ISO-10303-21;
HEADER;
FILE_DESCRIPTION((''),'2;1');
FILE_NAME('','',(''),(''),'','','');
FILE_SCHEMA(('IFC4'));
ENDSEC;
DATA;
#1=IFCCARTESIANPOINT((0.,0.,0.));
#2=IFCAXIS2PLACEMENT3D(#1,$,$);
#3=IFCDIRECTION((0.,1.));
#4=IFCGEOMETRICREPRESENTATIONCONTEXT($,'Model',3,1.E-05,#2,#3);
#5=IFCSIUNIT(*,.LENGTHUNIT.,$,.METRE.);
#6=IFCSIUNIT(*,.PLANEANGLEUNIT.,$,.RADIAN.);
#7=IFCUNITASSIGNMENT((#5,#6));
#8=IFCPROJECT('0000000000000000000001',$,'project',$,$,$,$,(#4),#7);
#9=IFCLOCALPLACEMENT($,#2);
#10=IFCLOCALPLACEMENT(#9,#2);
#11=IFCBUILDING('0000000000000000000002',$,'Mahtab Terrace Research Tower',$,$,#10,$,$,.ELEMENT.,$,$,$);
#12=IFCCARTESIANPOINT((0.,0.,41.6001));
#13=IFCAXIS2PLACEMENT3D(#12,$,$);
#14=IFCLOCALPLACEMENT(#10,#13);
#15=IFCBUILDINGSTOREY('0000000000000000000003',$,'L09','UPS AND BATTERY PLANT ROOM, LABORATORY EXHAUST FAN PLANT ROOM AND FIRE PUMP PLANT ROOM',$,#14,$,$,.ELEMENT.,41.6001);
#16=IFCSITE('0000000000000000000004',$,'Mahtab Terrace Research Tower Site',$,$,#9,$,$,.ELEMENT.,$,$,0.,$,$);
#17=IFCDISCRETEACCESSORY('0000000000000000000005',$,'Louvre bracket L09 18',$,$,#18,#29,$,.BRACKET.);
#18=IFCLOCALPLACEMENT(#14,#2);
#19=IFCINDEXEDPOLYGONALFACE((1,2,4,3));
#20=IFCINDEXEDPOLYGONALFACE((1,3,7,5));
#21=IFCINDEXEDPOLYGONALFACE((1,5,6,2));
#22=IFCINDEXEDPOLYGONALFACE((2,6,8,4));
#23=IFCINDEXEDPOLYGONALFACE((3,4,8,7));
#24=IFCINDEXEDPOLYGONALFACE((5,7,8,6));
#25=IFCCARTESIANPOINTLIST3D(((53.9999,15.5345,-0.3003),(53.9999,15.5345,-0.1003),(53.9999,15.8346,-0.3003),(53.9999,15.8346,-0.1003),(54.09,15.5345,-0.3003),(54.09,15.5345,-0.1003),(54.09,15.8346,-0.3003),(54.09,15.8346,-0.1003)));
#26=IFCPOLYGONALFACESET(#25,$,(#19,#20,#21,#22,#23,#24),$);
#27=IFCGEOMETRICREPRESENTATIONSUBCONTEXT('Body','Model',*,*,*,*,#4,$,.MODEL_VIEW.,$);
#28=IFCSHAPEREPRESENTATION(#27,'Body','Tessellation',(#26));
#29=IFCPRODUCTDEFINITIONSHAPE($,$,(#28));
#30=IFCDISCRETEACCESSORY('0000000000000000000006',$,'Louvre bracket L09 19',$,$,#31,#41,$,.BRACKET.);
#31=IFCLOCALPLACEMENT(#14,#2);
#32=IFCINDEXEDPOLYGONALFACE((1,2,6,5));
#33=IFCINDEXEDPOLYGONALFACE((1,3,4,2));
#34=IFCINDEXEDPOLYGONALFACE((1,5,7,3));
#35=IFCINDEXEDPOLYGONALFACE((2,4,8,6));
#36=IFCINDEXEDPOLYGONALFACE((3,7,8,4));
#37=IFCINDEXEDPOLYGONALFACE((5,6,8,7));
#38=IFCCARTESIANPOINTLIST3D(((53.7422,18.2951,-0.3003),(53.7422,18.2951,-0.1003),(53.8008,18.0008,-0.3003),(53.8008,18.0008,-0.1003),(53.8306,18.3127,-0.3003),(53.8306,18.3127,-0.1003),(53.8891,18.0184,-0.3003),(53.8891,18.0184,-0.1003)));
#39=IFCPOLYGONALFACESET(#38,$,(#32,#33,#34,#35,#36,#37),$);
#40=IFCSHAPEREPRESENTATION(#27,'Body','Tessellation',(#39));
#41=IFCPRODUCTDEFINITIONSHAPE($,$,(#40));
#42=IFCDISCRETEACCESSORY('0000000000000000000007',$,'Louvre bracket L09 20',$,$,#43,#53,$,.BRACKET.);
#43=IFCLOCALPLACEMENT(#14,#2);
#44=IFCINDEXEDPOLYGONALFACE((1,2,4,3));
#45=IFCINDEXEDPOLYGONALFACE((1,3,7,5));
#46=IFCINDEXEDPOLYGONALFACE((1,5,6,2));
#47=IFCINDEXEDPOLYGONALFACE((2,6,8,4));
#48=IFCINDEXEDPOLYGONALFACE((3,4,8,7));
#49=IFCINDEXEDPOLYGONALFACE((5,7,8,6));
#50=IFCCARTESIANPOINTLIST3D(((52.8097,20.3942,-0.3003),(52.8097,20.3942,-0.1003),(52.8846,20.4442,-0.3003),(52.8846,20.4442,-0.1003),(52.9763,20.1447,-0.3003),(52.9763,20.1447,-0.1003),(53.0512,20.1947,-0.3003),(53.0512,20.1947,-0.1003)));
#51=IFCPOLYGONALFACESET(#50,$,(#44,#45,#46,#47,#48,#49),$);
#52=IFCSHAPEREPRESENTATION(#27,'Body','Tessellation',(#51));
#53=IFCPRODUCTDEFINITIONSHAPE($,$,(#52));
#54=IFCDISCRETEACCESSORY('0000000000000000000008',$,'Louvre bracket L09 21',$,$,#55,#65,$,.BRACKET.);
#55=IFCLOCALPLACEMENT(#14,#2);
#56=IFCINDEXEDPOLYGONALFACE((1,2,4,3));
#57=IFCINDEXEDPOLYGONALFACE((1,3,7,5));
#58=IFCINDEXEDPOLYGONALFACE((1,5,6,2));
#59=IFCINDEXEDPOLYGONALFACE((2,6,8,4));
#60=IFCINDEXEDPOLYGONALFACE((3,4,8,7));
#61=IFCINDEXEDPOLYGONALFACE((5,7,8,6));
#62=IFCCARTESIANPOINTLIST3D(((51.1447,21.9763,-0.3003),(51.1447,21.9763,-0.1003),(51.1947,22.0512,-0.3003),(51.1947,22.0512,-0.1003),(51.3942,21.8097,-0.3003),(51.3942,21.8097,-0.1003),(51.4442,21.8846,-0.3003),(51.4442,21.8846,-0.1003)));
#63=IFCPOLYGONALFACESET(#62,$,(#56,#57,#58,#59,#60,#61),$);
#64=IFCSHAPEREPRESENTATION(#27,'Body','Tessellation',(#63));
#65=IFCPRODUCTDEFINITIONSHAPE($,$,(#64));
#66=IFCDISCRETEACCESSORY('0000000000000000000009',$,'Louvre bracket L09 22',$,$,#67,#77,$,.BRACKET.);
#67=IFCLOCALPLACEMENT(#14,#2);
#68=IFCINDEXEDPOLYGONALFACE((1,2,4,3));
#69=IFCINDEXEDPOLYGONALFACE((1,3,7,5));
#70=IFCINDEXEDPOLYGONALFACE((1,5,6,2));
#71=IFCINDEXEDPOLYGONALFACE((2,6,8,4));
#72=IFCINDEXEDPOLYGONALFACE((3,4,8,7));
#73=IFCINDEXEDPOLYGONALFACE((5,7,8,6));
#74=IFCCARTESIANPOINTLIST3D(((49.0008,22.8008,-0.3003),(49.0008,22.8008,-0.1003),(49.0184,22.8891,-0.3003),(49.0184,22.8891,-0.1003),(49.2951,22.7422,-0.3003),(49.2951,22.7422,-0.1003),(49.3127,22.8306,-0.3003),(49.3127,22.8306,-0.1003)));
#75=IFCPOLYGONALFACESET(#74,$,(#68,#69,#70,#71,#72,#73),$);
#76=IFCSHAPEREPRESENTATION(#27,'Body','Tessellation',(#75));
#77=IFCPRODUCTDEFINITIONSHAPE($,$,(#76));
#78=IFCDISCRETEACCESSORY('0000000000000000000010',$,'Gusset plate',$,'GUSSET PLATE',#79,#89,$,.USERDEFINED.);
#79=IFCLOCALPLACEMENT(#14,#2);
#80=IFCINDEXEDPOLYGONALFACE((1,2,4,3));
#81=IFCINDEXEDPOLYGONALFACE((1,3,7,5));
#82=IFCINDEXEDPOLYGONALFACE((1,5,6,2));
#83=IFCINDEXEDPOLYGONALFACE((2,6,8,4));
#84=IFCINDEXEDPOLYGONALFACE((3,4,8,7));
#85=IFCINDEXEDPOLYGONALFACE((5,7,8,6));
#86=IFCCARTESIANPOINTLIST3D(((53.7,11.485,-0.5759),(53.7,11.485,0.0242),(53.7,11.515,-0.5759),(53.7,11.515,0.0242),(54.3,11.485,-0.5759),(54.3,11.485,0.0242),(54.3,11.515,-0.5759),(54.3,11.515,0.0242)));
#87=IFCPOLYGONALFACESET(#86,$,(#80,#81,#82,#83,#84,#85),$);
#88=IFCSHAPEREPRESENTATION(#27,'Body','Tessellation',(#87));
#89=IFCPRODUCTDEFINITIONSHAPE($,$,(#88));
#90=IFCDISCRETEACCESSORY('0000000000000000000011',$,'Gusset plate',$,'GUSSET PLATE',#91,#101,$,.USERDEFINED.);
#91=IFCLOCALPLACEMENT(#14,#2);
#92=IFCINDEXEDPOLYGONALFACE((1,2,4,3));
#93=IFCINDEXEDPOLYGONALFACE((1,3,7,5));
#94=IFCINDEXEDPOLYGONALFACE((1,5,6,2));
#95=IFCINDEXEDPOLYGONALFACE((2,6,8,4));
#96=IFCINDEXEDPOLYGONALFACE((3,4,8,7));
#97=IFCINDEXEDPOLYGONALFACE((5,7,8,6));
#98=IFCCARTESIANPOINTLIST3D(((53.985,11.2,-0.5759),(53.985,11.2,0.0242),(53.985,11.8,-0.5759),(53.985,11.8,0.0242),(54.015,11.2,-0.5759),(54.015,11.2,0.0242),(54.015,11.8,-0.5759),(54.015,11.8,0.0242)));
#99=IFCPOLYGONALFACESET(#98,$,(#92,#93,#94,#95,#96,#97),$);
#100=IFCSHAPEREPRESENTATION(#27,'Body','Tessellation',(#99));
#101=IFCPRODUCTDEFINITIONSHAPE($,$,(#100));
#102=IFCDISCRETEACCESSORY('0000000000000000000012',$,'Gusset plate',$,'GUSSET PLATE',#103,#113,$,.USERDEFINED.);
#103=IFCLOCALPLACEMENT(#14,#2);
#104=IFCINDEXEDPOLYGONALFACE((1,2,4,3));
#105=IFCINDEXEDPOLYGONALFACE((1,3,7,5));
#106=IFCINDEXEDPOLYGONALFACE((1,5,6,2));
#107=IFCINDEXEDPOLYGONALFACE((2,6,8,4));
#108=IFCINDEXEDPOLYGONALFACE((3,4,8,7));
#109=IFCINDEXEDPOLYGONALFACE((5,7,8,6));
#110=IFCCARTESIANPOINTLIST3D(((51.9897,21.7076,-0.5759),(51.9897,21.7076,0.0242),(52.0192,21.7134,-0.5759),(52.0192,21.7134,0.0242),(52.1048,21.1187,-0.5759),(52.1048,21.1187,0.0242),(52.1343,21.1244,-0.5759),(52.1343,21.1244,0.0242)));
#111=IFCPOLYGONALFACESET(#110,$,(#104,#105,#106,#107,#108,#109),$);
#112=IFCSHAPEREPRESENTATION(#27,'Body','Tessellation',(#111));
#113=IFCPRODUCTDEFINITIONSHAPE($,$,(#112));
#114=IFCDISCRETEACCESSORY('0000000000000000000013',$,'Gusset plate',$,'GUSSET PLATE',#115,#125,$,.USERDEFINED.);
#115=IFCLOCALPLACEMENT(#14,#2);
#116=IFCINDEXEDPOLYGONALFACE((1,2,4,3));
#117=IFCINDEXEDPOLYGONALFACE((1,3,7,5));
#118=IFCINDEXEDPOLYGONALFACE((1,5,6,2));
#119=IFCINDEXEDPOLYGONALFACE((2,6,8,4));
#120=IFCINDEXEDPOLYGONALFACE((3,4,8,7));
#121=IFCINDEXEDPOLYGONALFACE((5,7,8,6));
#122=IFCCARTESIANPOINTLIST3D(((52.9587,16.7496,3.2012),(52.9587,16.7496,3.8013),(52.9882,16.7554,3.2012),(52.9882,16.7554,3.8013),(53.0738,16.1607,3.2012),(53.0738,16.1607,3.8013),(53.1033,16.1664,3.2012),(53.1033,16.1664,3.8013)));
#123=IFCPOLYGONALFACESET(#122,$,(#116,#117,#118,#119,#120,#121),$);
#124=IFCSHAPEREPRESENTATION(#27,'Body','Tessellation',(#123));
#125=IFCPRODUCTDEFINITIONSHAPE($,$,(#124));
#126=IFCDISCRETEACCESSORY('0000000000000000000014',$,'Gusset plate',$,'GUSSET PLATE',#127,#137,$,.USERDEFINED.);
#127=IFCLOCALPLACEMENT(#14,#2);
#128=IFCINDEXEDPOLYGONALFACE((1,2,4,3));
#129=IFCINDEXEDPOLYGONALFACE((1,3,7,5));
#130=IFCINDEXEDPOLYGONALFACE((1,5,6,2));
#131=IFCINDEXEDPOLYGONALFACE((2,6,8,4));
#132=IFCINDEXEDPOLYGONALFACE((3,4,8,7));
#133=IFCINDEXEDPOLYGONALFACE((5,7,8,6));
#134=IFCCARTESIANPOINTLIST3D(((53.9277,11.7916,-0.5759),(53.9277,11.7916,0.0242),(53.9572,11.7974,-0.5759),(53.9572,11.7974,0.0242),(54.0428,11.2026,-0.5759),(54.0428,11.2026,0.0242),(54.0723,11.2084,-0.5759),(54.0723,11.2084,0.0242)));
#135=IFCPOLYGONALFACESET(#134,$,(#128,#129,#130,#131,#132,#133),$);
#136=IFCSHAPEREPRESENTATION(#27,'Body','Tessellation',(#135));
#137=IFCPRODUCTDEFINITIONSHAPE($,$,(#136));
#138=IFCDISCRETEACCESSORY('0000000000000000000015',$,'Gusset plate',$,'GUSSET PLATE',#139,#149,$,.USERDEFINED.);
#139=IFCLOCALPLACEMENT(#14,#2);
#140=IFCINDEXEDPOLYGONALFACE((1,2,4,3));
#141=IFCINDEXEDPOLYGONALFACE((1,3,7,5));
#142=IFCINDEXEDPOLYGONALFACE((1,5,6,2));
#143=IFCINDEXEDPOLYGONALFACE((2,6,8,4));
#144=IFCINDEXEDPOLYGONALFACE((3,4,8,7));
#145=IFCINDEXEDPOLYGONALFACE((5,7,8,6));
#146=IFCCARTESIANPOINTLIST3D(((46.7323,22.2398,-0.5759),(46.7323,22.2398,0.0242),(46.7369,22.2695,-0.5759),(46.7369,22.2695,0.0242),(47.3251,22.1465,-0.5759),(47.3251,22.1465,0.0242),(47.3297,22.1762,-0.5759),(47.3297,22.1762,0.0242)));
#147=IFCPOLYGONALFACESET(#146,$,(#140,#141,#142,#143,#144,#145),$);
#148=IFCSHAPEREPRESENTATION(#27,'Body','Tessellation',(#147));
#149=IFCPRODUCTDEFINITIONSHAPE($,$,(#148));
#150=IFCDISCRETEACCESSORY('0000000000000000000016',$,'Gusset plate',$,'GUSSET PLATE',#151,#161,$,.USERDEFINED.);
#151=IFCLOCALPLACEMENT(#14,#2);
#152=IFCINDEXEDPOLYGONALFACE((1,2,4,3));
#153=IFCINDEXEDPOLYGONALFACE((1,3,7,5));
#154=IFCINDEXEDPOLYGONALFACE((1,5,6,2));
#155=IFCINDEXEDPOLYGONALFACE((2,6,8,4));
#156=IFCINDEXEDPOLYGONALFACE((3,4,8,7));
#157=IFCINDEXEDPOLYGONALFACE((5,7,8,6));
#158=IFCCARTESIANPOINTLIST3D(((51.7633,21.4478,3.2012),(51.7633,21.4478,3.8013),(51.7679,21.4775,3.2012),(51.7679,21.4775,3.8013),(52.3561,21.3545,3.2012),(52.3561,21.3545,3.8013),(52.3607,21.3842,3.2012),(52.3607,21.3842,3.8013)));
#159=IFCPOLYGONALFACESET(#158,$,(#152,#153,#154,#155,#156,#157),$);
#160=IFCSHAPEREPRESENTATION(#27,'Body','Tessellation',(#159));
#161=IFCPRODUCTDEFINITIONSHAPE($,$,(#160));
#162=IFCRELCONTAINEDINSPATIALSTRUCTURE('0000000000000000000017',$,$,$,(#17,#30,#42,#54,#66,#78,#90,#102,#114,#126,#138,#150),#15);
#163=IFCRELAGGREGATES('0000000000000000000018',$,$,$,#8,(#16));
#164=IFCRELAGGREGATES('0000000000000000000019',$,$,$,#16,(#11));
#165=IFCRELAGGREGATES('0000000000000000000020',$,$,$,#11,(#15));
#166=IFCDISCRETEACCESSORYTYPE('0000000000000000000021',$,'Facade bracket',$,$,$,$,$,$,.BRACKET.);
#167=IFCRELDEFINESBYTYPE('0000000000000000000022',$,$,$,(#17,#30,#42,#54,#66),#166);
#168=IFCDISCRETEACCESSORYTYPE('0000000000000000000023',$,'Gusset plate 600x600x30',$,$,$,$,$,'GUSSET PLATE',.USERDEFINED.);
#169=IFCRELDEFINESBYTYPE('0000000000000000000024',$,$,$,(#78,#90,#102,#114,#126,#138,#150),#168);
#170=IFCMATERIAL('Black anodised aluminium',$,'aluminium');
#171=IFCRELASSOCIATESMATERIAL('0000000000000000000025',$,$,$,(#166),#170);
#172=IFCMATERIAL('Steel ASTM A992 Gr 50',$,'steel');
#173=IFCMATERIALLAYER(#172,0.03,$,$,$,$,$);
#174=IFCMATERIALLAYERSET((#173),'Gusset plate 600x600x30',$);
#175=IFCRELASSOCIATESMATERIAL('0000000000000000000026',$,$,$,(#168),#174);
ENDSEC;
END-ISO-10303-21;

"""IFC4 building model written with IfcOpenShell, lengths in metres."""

from ifc_helpers import new_model, si_unit, direction, frame, origin, origin_2d, place, context, subcontext, project, spatial, rectangle, extrude, material, layer, layer_set, type_object, element, save


model = new_model("IFC4")

# Units and contexts
model_context = context("Model", 3, precision=1e-05, world=origin(), true_north=direction((0.0, 1.0)))
body_context = subcontext(model_context, "Body", "Model", "MODEL_VIEW")
ifc_project = project(units=[si_unit("LENGTHUNIT", "METRE"), si_unit("PLANEANGLEUNIT", "RADIAN")], contexts=[model_context])

# Site, building, storey
site_placement = place(None, origin())
site = spatial("IfcSite", under=ifc_project, at=site_placement, Name="Mahtab Terrace Research Tower Site", CompositionType="ELEMENT", RefElevation=0.0)
building_placement = place(site_placement, origin())
building = spatial("IfcBuilding", under=site, at=building_placement, Name="Mahtab Terrace Research Tower", CompositionType="ELEMENT")
storey_placement = place(building_placement, frame((0.0, 0.0, 41.6001)))
storey = spatial("IfcBuildingStorey", under=building, at=storey_placement, Name="L09", Description="UPS AND BATTERY PLANT ROOM, LABORATORY EXHAUST FAN PLANT ROOM AND FIRE PUMP PLANT ROOM", CompositionType="ELEMENT", Elevation=41.6001)

# Shared definitions
ifc_material_1 = material(Name="Steel ASTM A992 Gr 50", Category="steel")

# Discrete accessories
ifc_material_2 = material(Name="Black anodised aluminium", Category="aluminium")
discrete_accessory_type_1 = type_object("IfcDiscreteAccessoryType", Name="Facade bracket", PredefinedType="BRACKET", material=ifc_material_2)
for number, where, z_axis, x_axis, name in (
    (1, (54.0449, 15.6846, -0.3003), (0.0, 0.0, 1.0), (0.0, 1.0, 0.0), "Louvre bracket L09 18"),
    (2, (53.8157, 18.1567, -0.3003), (0.0, 0.0, 1.0), (-0.195212, 0.980761, 0.0), "Louvre bracket L09 19"),
    (3, (52.9304, 20.2944, -0.3003), (0.0, 0.0, 1.0), (-0.555291, 0.831656, 0.0), "Louvre bracket L09 20"),
    (4, (51.2944, 21.9304, -0.3003), (0.0, 0.0, 1.0), (-0.831656, 0.555291, 0.0), "Louvre bracket L09 21"),
    (5, (49.1567, 22.8157, -0.3003), (0.0, 0.0, 1.0), (-0.980761, 0.195212, 0.0), "Louvre bracket L09 22"),
):
    element("IfcDiscreteAccessory", number, at=place(storey_placement, frame(where, z_axis=z_axis, x_axis=x_axis)), inside=storey, type_object=discrete_accessory_type_1, Name=name, PredefinedType="BRACKET", context=body_context, shape_type="SweptSolid", body=[
        extrude(rectangle(XDim=0.3, YDim=0.0901, at=origin_2d()), origin(), (0.0, 0.0, 1.0), 0.2),
    ])
ifc_layer = layer(ifc_material_1, 0.03)
ifc_layer_set = layer_set([ifc_layer], Name="Gusset plate 600x600x30")
discrete_accessory_type_2 = type_object("IfcDiscreteAccessoryType", Name="Gusset plate 600x600x30", ElementType="GUSSET PLATE", PredefinedType="USERDEFINED", material=ifc_layer_set)
for number, where, z_axis, x_axis, name in (
    (6, (54.0, 11.5, -0.5759), (0.0, 0.0, 1.0), (1.0, 0.0, 0.0), "Gusset plate"),
    (7, (54.0, 11.5, -0.5759), (0.0, 0.0, 1.0), (0.0, 1.0, 0.0), "Gusset plate"),
    (8, (52.062, 21.416, -0.5759), (0.0, 0.0, 1.0), (-0.19182, 0.98143, 0.0), "Gusset plate"),
    (9, (53.031, 16.458, 3.2012), (0.0, 0.0, 1.0), (-0.19182, 0.98143, 0.0), "Gusset plate"),
    (10, (54.0, 11.5, -0.5759), (0.0, 0.0, 1.0), (-0.19182, 0.98143, 0.0), "Gusset plate"),
    (11, (47.031, 22.208, -0.5759), (0.0, 0.0, 1.0), (-0.987835, 0.155504, 0.0), "Gusset plate"),
    (12, (52.062, 21.416, 3.2012), (0.0, 0.0, 1.0), (-0.987835, 0.155504, 0.0), "Gusset plate"),
):
    element("IfcDiscreteAccessory", number, at=place(storey_placement, frame(where, z_axis=z_axis, x_axis=x_axis)), inside=storey, type_object=discrete_accessory_type_2, Name=name, ObjectType="GUSSET PLATE", PredefinedType="USERDEFINED", context=body_context, shape_type="SweptSolid", body=[
        extrude(rectangle(XDim=0.6001, YDim=0.03, at=origin_2d()), origin(), (0.0, 0.0, 1.0), 0.6001),
    ])

save(model, "model.ifc")
